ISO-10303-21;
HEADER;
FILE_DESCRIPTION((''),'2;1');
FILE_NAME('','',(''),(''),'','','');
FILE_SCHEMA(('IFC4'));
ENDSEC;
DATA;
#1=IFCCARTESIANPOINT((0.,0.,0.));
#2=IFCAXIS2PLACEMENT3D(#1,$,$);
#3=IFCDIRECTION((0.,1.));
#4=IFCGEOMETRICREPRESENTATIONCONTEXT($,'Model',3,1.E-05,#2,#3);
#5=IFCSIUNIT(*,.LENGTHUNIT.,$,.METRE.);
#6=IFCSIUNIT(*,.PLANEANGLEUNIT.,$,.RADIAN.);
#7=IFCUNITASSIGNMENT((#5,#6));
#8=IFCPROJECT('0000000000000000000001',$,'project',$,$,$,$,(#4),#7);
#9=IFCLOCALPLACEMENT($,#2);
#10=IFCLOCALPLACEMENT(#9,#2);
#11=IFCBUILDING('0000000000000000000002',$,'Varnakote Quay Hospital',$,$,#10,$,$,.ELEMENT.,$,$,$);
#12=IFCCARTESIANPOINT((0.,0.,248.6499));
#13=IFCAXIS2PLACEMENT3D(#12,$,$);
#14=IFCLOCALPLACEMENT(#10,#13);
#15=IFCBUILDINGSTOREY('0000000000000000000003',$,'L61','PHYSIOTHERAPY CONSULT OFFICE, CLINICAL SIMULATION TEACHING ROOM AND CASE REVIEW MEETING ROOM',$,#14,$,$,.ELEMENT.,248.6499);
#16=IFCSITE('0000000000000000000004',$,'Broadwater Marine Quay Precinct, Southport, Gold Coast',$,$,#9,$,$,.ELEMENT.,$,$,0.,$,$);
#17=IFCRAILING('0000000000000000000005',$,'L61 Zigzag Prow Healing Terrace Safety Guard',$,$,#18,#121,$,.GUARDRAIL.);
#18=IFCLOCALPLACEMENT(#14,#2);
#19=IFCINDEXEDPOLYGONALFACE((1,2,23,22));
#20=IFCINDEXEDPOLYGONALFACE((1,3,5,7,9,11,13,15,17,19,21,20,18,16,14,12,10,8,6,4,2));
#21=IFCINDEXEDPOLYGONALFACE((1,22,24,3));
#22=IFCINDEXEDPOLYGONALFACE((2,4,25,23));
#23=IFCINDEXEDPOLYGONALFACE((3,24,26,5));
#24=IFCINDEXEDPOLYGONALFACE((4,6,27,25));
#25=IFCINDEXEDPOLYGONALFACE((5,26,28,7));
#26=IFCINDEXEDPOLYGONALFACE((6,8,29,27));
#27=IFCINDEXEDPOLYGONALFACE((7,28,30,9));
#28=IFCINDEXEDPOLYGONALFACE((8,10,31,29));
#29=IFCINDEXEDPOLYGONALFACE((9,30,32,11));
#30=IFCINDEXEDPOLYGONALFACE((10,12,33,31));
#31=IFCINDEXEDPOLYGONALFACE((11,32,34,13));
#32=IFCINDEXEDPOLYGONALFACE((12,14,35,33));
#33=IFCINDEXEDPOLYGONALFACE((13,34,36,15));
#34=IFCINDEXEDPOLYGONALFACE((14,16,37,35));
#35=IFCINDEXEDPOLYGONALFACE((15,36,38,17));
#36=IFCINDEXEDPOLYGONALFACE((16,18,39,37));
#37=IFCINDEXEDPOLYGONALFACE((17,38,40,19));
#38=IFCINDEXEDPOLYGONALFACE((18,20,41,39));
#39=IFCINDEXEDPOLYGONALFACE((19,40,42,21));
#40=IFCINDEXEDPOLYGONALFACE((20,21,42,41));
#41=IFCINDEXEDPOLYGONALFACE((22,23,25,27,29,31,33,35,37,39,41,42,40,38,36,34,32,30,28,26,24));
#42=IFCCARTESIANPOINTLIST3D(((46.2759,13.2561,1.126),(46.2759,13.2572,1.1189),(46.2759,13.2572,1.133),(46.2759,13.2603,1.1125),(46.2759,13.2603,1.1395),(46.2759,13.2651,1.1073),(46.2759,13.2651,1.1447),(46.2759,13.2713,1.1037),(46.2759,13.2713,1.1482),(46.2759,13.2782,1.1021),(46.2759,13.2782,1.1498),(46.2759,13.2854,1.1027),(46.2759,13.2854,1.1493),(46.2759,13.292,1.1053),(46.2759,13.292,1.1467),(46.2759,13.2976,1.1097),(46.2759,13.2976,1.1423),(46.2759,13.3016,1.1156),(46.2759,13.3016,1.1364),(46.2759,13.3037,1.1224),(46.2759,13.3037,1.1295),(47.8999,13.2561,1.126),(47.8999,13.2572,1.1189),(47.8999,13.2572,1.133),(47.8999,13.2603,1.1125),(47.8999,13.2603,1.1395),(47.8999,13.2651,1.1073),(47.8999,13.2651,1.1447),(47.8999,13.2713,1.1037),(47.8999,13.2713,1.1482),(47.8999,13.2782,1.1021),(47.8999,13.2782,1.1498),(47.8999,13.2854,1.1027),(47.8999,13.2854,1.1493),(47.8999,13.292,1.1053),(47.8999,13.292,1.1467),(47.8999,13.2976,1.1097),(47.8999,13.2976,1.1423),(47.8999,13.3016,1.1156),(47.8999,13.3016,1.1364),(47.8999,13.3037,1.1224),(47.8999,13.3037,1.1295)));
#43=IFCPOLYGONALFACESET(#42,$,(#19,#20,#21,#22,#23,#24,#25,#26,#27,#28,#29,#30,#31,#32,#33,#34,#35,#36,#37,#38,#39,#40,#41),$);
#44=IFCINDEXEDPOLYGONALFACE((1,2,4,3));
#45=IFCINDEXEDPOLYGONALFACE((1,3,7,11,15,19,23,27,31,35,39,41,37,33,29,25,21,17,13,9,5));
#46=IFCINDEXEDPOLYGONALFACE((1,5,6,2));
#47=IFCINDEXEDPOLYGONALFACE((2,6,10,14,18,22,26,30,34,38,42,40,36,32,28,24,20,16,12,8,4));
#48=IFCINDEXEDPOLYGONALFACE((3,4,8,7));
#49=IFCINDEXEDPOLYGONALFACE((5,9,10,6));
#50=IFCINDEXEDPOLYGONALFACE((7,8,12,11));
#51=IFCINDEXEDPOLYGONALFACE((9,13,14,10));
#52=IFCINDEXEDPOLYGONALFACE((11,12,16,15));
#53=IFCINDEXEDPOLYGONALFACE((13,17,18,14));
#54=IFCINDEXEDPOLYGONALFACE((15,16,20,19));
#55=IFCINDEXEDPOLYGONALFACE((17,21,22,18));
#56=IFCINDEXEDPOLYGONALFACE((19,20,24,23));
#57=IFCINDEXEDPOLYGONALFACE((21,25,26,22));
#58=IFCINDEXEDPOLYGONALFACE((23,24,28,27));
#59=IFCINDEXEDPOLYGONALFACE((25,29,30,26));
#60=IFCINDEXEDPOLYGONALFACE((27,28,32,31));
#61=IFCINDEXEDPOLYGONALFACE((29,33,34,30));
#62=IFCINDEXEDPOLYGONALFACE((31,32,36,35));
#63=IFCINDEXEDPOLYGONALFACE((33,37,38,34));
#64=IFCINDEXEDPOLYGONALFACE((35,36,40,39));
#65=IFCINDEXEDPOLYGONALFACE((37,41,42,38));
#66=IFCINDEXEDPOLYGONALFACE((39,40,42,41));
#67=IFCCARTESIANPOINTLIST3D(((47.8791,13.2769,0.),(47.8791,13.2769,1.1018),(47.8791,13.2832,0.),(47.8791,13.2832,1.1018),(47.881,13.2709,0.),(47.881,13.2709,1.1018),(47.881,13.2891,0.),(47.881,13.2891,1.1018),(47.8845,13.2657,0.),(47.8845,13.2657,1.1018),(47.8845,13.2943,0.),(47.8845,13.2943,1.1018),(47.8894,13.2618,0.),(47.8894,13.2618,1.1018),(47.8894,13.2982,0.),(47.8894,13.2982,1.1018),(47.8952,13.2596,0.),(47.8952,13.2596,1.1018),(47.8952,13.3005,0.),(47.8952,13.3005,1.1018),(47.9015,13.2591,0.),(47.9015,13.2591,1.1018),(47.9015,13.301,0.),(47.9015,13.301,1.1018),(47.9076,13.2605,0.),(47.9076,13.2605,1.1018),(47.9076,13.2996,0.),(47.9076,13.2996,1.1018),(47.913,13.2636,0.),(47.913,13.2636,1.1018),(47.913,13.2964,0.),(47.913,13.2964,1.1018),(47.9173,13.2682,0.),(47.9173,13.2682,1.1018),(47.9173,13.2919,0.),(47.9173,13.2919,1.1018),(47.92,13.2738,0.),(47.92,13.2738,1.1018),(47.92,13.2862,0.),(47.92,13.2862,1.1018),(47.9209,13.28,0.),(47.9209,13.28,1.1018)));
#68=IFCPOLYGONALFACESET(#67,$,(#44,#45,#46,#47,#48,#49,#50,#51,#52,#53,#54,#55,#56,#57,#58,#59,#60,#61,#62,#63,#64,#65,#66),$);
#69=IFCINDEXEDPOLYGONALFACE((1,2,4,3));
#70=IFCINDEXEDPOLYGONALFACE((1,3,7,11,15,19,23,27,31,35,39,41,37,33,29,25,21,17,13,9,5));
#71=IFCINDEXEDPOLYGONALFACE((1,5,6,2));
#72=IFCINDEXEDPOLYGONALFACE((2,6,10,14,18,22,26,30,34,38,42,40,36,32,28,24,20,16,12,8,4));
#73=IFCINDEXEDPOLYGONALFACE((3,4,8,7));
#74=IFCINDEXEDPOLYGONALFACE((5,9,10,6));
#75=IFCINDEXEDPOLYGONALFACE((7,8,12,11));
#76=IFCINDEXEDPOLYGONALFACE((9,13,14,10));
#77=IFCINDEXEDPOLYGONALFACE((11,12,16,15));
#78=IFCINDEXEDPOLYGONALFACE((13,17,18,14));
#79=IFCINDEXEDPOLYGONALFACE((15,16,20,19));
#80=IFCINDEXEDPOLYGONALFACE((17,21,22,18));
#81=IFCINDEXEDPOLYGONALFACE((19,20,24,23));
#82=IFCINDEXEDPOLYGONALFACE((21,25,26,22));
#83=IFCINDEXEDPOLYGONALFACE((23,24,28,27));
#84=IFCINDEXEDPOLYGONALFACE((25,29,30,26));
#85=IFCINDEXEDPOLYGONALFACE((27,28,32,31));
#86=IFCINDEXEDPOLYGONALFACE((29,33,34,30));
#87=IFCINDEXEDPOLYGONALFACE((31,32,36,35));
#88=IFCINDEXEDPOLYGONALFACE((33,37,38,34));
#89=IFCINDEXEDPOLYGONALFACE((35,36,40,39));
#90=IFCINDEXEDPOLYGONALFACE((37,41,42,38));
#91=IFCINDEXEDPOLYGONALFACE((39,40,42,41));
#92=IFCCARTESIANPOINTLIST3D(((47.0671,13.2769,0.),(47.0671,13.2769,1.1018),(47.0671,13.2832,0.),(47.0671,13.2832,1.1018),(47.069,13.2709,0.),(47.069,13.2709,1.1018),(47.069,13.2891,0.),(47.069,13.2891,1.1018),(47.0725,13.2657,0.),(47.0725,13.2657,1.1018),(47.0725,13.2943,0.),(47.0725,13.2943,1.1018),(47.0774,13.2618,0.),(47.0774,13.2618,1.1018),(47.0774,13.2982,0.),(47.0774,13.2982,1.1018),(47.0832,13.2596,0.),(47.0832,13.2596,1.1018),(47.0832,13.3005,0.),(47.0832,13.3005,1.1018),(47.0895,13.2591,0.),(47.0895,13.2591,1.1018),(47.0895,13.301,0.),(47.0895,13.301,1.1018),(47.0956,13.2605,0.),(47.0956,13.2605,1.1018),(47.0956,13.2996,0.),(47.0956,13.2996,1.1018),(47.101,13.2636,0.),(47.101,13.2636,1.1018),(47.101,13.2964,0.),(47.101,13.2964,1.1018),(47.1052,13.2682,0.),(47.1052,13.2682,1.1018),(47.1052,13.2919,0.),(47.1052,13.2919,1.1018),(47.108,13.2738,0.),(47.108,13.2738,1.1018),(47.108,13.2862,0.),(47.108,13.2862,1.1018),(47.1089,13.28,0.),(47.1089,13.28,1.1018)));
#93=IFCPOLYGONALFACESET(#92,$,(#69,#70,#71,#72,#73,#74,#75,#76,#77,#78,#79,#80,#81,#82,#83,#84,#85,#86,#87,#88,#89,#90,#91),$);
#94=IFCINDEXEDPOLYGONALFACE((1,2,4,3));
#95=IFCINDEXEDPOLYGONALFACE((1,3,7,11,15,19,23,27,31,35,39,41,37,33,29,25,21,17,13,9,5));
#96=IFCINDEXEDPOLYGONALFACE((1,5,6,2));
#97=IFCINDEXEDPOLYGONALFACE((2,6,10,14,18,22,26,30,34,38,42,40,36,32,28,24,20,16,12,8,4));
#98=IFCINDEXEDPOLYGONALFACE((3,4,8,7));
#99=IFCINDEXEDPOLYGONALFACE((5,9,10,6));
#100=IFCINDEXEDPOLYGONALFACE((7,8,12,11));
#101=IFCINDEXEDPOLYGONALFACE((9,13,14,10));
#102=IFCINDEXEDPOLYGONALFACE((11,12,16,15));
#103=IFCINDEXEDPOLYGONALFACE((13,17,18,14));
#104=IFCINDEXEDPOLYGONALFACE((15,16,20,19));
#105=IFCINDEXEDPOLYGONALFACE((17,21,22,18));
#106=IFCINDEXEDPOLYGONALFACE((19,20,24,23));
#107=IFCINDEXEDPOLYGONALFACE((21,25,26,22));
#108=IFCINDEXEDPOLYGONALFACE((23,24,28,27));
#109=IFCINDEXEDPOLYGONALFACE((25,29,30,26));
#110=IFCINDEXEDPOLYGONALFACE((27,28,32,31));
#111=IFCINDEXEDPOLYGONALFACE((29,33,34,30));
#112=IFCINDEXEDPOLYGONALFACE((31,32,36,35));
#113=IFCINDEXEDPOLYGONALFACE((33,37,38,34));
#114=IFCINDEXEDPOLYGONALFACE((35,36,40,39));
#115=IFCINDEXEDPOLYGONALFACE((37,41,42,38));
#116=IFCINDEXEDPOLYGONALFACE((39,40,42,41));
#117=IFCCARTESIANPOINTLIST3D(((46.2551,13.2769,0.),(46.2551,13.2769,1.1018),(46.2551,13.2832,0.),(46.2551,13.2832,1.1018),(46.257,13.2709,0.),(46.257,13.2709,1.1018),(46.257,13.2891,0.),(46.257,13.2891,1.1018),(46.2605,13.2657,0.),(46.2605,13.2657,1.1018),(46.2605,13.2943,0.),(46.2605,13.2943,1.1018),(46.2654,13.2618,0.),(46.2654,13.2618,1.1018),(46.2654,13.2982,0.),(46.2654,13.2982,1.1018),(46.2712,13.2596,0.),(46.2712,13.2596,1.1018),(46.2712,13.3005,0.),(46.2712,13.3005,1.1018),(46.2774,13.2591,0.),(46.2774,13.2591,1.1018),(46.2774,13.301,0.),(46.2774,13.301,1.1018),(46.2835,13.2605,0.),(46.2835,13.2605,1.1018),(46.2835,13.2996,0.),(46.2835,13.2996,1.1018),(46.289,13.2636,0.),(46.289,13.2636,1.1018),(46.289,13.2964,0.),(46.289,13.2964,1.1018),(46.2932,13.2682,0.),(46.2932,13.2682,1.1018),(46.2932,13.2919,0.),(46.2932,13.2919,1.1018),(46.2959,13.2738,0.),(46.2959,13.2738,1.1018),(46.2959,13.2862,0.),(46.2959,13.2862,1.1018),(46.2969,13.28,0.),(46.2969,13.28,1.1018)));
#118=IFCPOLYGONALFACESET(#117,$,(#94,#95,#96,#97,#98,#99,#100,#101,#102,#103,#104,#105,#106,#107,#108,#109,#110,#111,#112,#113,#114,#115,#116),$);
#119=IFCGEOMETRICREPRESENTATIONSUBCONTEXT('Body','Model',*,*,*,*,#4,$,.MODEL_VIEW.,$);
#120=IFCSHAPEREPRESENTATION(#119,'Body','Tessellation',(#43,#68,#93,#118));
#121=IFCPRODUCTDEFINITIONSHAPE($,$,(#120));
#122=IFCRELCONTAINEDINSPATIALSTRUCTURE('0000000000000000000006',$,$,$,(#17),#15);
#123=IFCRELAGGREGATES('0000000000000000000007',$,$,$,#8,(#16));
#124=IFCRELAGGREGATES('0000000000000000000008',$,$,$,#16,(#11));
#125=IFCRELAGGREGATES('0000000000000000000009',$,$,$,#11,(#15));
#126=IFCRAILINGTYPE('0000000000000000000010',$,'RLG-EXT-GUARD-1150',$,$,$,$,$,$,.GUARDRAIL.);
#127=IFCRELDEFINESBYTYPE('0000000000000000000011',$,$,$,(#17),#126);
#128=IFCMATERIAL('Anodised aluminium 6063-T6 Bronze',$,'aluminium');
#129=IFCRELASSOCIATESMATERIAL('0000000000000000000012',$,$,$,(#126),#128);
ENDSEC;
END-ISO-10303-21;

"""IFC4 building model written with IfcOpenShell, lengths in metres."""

from ifc_helpers import new_model, si_unit, direction, frame, origin, origin_2d, place, context, subcontext, project, spatial, circle, extrude, material, type_object, element, save


model = new_model("IFC4")

# Units and contexts
model_context = context("Model", 3, precision=1e-05, world=origin(), true_north=direction((0.0, 1.0)))
body_context = subcontext(model_context, "Body", "Model", "MODEL_VIEW")
ifc_project = project(units=[si_unit("LENGTHUNIT", "METRE"), si_unit("PLANEANGLEUNIT", "RADIAN")], contexts=[model_context])

# Site, building, storey
site_placement = place(None, origin())
site = spatial("IfcSite", under=ifc_project, at=site_placement, Name="Broadwater Marine Quay Precinct, Southport, Gold Coast", CompositionType="ELEMENT", RefElevation=0.0)
building_placement = place(site_placement, origin())
building = spatial("IfcBuilding", under=site, at=building_placement, Name="Varnakote Quay Hospital", CompositionType="ELEMENT")
storey_placement = place(building_placement, frame((0.0, 0.0, 248.6499)))
storey = spatial("IfcBuildingStorey", under=building, at=storey_placement, Name="L61", Description="PHYSIOTHERAPY CONSULT OFFICE, CLINICAL SIMULATION TEACHING ROOM AND CASE REVIEW MEETING ROOM", CompositionType="ELEMENT", Elevation=248.6499)

# Railing
ifc_material_1 = material(Name="Anodised aluminium 6063-T6 Bronze", Category="aluminium")
railing_type = type_object("IfcRailingType", Name="RLG-EXT-GUARD-1150", PredefinedType="GUARDRAIL", material=ifc_material_1)
railing_1_placement = place(storey_placement, frame((47.8999, 13.28, 0.0)))
element("IfcRailing", 1, at=railing_1_placement, inside=storey, type_object=railing_type, Name="L61 Zigzag Prow Healing Terrace Safety Guard", PredefinedType="GUARDRAIL", context=body_context, shape_type="SweptSolid", body=[
    extrude(circle(Radius=0.0239, at=origin_2d()), frame((0.0, 0.0, 1.126), z_axis=(-1.0, 0.0, 0.0), x_axis=(0.0, -1.0, 0.0)), (0.0, 0.0, 1.0), 1.624),
    extrude(circle(Radius=0.021, at=origin_2d()), origin(), (0.0, 0.0, 1.0), 1.1018),
    extrude(circle(Radius=0.021, at=origin_2d()), frame((-0.812, 0.0, 0.0)), (0.0, 0.0, 1.0), 1.1018),
    extrude(circle(Radius=0.021, at=origin_2d()), frame((-1.624, 0.0, 0.0)), (0.0, 0.0, 1.0), 1.1018),
])

save(model, "model.ifc")
